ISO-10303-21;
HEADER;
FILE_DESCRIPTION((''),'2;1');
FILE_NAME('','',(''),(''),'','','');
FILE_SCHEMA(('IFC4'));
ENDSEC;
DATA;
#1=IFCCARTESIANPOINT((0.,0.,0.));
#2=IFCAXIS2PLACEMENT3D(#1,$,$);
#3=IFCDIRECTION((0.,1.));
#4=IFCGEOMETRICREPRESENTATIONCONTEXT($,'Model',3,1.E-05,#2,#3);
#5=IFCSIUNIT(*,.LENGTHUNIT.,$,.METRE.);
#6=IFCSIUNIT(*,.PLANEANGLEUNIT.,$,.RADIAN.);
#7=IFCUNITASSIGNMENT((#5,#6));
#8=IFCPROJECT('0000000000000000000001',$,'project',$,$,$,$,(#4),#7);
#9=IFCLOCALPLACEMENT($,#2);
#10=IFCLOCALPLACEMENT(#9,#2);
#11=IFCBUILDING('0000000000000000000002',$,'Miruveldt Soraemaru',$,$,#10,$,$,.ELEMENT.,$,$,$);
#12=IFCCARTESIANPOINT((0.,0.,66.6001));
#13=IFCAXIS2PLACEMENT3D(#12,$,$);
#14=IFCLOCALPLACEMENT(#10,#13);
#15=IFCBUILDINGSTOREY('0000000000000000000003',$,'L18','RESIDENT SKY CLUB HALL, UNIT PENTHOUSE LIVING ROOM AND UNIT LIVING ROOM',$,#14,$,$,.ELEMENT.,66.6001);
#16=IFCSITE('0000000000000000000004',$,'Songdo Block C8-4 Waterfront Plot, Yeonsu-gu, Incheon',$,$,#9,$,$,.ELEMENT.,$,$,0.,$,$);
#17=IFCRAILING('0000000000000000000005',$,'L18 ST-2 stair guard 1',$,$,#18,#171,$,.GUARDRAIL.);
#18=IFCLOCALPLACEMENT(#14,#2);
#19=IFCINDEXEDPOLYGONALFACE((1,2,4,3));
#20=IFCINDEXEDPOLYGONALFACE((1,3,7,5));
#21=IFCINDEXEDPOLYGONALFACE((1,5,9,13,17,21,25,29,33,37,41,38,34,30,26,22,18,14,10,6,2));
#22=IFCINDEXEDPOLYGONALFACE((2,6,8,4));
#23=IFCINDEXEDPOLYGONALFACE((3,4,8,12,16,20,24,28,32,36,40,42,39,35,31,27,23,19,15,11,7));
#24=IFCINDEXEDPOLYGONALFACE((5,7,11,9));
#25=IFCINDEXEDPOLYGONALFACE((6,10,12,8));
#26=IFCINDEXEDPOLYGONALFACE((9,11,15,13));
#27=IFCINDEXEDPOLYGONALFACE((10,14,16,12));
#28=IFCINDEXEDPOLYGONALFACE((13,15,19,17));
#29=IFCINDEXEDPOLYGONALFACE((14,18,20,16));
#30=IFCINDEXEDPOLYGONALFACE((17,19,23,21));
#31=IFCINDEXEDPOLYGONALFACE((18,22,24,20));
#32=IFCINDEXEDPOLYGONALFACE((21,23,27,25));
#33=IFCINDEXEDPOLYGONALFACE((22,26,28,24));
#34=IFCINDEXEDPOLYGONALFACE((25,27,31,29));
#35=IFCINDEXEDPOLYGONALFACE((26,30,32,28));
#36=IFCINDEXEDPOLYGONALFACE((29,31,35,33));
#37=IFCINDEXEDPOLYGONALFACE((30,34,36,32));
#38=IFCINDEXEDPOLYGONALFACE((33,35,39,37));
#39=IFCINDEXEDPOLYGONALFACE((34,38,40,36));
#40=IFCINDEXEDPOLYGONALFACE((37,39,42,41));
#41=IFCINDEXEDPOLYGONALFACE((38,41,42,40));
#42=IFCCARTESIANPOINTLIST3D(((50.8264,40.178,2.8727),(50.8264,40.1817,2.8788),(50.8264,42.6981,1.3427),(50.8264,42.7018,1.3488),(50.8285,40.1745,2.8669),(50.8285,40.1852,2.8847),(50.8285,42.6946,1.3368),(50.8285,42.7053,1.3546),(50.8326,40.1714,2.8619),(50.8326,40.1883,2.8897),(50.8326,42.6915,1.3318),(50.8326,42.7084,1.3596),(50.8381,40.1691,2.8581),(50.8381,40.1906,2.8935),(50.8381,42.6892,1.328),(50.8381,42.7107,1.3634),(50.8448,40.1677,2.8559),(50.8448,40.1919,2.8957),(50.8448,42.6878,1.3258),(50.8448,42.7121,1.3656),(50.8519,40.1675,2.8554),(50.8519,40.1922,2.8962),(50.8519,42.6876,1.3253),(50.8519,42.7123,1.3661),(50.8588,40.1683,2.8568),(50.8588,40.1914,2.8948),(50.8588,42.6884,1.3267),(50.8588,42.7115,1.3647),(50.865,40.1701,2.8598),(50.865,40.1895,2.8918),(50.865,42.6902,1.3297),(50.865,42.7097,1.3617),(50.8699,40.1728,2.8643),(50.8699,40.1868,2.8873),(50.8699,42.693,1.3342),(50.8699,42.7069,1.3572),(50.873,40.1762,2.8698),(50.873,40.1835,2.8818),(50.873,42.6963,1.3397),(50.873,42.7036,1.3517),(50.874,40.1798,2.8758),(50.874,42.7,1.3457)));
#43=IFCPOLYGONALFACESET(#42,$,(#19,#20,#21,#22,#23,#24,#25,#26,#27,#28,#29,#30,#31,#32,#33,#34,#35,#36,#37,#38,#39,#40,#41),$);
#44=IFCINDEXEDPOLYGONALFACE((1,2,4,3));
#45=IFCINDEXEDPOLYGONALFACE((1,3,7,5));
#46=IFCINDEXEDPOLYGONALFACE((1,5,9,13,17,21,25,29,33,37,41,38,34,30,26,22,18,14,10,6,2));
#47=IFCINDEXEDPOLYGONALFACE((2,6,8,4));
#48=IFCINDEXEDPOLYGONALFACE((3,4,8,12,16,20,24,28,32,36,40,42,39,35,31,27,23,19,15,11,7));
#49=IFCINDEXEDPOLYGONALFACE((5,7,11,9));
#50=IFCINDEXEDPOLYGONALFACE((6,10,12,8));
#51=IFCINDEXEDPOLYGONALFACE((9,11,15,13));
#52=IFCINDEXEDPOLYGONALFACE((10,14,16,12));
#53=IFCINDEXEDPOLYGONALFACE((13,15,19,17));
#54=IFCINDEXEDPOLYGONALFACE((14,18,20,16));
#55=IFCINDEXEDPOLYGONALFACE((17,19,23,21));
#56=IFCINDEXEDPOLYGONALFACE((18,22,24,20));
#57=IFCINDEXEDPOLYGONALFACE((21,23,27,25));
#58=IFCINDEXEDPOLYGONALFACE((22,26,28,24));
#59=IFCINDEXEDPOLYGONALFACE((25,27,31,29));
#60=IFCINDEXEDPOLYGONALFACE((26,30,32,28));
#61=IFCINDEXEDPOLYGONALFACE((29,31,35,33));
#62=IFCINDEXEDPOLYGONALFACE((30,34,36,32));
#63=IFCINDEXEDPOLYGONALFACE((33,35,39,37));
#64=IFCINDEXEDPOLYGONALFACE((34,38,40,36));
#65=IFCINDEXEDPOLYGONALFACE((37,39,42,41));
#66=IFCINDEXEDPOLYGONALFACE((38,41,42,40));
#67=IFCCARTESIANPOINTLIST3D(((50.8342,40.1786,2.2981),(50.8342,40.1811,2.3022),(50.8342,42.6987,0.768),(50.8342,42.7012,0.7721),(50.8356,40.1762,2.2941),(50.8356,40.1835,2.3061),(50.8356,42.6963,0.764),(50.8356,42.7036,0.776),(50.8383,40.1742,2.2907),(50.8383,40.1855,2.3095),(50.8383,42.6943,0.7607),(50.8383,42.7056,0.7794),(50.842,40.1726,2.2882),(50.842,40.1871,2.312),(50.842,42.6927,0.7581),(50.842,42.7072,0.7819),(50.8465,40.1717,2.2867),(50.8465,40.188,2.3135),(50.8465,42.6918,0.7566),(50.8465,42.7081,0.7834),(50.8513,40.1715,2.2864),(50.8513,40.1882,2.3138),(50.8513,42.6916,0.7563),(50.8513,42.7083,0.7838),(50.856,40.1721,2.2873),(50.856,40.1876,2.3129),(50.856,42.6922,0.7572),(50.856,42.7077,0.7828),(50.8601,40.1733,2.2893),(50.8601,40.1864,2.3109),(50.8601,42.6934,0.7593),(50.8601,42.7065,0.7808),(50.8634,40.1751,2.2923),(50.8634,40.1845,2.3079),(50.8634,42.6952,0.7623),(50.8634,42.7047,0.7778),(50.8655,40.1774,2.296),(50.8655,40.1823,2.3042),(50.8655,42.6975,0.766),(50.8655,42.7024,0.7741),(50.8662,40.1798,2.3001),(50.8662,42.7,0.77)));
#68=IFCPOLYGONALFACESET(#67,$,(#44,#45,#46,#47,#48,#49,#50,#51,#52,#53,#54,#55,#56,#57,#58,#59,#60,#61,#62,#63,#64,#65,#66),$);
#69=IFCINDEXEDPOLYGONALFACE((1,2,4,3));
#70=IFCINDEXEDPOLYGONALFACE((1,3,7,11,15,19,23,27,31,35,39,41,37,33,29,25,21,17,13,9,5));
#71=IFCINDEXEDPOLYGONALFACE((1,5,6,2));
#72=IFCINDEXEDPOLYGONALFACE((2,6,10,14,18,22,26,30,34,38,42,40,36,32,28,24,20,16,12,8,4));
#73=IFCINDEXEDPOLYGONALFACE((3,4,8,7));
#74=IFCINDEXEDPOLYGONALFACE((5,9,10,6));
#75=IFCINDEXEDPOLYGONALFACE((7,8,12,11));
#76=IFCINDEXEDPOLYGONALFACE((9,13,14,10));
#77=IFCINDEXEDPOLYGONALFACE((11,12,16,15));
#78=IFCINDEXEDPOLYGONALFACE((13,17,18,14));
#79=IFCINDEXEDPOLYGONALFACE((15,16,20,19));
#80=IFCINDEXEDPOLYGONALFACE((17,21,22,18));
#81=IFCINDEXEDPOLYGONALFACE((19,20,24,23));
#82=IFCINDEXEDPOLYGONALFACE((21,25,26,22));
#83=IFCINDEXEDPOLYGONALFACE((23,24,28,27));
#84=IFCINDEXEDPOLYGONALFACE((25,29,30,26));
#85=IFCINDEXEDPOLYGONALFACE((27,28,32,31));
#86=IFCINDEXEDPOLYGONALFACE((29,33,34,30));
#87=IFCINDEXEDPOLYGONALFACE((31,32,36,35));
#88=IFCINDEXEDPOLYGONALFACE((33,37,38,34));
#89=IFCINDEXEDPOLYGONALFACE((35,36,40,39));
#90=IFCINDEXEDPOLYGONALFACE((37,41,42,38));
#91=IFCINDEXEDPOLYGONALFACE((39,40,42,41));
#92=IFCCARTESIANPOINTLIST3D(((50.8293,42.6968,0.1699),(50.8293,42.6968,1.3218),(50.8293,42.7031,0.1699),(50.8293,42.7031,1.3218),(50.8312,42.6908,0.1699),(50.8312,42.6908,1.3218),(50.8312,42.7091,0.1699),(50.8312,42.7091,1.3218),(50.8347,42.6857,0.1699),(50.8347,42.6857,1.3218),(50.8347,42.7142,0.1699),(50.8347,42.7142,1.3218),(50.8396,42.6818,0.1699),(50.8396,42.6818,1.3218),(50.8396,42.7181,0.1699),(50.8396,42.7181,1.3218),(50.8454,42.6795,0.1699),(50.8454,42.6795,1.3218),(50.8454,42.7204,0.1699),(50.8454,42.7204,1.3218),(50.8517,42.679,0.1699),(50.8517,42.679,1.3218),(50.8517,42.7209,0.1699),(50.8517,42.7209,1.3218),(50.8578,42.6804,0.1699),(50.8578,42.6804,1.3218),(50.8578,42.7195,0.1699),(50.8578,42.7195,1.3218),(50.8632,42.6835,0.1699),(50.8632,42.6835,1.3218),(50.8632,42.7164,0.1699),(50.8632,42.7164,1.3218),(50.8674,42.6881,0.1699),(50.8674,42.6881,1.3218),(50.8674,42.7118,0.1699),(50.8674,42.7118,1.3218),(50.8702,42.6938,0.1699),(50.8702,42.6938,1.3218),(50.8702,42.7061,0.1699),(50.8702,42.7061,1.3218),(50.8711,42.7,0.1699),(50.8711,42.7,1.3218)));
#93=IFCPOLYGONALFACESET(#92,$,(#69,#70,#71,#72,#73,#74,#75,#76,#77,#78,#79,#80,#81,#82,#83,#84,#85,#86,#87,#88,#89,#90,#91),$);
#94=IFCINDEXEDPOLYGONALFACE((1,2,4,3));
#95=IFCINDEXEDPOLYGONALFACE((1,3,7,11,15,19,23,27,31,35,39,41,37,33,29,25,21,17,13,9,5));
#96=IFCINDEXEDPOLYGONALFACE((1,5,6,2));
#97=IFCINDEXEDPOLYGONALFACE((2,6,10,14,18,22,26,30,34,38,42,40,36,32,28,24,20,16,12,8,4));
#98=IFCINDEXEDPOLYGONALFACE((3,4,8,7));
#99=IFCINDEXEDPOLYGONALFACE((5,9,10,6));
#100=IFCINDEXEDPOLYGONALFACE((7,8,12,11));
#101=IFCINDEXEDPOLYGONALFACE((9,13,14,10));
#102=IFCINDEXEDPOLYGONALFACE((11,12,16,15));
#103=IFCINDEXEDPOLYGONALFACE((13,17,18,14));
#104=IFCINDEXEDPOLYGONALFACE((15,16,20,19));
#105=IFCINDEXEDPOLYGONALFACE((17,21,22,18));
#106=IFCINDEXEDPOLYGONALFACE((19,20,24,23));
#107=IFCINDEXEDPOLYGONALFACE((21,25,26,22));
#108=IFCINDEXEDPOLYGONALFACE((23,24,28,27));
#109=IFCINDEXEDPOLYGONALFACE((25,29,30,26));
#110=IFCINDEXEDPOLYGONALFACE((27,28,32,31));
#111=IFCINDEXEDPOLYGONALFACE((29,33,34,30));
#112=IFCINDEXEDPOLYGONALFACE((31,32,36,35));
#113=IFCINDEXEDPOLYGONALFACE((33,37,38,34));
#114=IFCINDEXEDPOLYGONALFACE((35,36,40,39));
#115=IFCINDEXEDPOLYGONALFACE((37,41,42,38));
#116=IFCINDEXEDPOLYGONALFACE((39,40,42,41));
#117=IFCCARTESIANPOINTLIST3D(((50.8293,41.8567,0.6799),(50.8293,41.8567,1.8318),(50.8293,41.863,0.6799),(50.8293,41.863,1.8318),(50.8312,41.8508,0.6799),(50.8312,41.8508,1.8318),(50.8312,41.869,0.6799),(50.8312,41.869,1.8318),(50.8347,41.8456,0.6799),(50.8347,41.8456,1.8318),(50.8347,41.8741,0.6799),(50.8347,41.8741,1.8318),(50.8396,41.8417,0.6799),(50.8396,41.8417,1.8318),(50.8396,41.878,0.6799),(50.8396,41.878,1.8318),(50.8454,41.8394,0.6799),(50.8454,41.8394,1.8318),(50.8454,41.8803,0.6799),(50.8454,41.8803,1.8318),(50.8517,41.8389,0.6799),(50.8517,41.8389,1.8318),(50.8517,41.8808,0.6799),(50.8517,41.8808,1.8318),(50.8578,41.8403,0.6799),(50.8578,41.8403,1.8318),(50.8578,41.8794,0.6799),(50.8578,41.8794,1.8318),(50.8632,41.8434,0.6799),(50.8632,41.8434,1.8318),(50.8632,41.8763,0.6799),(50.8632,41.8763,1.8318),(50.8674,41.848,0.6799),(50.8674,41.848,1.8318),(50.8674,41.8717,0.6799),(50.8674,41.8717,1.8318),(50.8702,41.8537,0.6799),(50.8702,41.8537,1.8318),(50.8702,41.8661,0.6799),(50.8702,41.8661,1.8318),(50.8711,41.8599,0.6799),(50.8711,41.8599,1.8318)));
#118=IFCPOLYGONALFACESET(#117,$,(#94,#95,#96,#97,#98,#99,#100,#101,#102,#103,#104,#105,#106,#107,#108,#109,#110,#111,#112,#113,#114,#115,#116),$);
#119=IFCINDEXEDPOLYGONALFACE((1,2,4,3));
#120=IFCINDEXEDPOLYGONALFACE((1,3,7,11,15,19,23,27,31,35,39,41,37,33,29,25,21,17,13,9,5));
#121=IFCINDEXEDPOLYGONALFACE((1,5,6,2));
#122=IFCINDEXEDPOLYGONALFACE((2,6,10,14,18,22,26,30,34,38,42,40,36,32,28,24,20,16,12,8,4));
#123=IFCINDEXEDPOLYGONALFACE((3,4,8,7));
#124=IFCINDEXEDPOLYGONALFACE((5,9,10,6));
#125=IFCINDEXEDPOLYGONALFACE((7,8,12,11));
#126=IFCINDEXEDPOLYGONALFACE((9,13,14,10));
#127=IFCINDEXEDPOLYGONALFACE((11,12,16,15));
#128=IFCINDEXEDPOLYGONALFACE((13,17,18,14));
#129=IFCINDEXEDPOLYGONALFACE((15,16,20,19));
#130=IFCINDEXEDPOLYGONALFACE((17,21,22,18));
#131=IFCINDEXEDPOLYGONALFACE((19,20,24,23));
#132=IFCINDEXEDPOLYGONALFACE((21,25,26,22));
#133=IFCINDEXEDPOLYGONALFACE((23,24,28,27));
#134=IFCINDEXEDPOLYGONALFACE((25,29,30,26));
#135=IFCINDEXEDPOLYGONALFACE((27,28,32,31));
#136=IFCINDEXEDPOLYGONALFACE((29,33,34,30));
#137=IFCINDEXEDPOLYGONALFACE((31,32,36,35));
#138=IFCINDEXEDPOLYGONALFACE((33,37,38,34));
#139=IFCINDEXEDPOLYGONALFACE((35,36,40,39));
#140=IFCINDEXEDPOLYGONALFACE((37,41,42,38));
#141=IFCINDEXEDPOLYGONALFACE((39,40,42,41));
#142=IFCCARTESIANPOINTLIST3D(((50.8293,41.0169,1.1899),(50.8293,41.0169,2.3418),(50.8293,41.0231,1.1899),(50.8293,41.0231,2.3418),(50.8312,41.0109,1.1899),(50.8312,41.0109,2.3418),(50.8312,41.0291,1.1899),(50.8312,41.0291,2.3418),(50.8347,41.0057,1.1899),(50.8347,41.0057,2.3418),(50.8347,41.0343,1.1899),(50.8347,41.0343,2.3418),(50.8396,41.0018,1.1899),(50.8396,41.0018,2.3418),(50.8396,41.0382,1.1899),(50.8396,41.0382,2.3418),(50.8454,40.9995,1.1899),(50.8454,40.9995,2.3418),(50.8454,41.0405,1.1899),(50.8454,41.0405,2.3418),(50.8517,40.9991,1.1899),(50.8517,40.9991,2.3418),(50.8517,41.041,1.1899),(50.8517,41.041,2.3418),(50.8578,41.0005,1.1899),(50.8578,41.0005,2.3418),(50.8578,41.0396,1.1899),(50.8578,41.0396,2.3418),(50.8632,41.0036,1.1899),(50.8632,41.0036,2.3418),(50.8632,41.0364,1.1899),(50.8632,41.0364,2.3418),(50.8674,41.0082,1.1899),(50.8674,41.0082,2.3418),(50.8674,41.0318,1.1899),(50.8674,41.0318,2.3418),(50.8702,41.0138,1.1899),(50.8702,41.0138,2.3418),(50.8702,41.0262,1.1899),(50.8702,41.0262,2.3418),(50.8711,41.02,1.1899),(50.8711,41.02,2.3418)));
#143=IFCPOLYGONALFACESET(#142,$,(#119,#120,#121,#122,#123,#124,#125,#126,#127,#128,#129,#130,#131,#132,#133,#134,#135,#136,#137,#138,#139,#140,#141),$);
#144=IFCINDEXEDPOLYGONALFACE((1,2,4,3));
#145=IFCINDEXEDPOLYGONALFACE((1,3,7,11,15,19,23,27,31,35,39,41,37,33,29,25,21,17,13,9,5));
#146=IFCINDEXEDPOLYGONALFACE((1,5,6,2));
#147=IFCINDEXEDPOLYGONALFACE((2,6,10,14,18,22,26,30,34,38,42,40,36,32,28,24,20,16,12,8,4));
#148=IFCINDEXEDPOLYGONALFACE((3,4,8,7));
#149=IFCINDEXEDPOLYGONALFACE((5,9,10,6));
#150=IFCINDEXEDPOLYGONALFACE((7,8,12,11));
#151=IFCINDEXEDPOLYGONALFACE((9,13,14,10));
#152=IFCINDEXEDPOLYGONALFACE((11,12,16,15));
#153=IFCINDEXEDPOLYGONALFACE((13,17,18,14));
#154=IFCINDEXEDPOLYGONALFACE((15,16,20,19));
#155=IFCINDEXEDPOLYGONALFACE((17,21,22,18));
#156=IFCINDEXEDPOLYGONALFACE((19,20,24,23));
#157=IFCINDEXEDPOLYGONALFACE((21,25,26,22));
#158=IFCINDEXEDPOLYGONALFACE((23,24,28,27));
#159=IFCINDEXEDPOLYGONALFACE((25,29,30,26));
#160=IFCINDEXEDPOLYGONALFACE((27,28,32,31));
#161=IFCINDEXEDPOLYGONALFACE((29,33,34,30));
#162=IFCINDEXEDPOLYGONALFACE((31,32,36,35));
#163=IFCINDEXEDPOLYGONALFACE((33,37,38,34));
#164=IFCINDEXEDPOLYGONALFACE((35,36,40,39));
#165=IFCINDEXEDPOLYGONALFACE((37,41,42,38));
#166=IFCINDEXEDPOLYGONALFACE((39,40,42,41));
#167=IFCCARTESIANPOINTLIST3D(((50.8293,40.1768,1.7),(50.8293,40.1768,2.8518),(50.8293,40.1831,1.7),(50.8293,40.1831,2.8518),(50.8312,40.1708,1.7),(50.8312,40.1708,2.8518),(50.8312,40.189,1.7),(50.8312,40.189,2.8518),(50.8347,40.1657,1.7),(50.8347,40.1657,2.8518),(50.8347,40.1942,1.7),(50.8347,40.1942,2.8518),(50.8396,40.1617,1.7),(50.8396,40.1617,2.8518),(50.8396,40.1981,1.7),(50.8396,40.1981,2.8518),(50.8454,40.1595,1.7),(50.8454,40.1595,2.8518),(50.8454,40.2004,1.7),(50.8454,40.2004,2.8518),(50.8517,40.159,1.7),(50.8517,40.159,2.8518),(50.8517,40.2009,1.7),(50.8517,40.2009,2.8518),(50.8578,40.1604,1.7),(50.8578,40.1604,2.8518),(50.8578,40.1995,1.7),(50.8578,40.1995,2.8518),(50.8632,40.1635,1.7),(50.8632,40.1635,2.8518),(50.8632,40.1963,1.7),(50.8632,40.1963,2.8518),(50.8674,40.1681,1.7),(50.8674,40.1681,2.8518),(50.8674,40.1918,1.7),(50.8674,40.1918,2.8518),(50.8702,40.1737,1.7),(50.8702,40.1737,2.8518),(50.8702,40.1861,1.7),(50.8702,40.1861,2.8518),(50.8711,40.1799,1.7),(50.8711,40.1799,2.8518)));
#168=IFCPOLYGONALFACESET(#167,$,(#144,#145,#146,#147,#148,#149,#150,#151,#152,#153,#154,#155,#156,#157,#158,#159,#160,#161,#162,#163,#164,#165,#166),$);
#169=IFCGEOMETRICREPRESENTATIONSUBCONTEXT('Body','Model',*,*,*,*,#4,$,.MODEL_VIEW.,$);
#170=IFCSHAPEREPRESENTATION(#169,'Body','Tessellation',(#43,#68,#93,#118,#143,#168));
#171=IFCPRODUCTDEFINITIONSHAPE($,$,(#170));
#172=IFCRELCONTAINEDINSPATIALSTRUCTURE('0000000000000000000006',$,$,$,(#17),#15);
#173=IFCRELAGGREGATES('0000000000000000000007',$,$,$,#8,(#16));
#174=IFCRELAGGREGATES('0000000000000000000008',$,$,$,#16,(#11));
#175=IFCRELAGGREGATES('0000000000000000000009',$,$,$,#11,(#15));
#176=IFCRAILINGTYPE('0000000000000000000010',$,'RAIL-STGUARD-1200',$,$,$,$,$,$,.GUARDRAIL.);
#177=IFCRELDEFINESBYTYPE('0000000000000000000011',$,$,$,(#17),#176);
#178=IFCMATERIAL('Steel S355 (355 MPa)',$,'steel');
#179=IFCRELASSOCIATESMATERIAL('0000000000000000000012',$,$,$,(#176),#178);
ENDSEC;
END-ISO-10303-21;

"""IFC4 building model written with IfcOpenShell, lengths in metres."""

from ifc_helpers import new_model, si_unit, direction, frame, origin, origin_2d, place, context, subcontext, project, spatial, circle, extrude, material, type_object, element, save


model = new_model("IFC4")

# Units and contexts
model_context = context("Model", 3, precision=1e-05, world=origin(), true_north=direction((0.0, 1.0)))
body_context = subcontext(model_context, "Body", "Model", "MODEL_VIEW")
ifc_project = project(units=[si_unit("LENGTHUNIT", "METRE"), si_unit("PLANEANGLEUNIT", "RADIAN")], contexts=[model_context])

# Site, building, storey
site_placement = place(None, origin())
site = spatial("IfcSite", under=ifc_project, at=site_placement, Name="Songdo Block C8-4 Waterfront Plot, Yeonsu-gu, Incheon", CompositionType="ELEMENT", RefElevation=0.0)
building_placement = place(site_placement, origin())
building = spatial("IfcBuilding", under=site, at=building_placement, Name="Miruveldt Soraemaru", CompositionType="ELEMENT")
storey_placement = place(building_placement, frame((0.0, 0.0, 66.6001)))
storey = spatial("IfcBuildingStorey", under=building, at=storey_placement, Name="L18", Description="RESIDENT SKY CLUB HALL, UNIT PENTHOUSE LIVING ROOM AND UNIT LIVING ROOM", CompositionType="ELEMENT", Elevation=66.6001)

# Railing
ifc_material_1 = material(Name="Steel S355 (355 MPa)", Category="steel")
railing_type_1 = type_object("IfcRailingType", Name="RAIL-STGUARD-1200", PredefinedType="GUARDRAIL", material=ifc_material_1)
railing_1_placement = place(storey_placement, frame((50.8501, 42.7, 0.1699)))
element("IfcRailing", 1, at=railing_1_placement, inside=storey, type_object=railing_type_1, Name="L18 ST-2 stair guard 1", PredefinedType="GUARDRAIL", context=body_context, shape_type="SweptSolid", body=[
    extrude(circle(Radius=0.0239, at=origin_2d()), frame((0.0, 0.0, 1.1758), z_axis=(0.0, -0.854785, 0.518982), x_axis=(1.0, 0.0, 0.0)), (0.0, 0.0, 1.0), 2.9482),
    extrude(circle(Radius=0.0161, at=origin_2d()), frame((0.0, 0.0, 0.6001), z_axis=(0.0, -0.854785, 0.518982), x_axis=(1.0, 0.0, 0.0)), (0.0, 0.0, 1.0), 2.9482),
    extrude(circle(Radius=0.021, at=origin_2d()), origin(), (0.0, 0.0, 1.0), 1.1519),
    extrude(circle(Radius=0.021, at=origin_2d()), frame((0.0, -0.8401, 0.51)), (0.0, 0.0, 1.0), 1.1519),
    extrude(circle(Radius=0.021, at=origin_2d()), frame((0.0, -1.6799, 1.02)), (0.0, 0.0, 1.0), 1.1519),
    extrude(circle(Radius=0.021, at=origin_2d()), frame((0.0, -2.52, 1.53)), (0.0, 0.0, 1.0), 1.1519),
])

save(model, "model.ifc")
